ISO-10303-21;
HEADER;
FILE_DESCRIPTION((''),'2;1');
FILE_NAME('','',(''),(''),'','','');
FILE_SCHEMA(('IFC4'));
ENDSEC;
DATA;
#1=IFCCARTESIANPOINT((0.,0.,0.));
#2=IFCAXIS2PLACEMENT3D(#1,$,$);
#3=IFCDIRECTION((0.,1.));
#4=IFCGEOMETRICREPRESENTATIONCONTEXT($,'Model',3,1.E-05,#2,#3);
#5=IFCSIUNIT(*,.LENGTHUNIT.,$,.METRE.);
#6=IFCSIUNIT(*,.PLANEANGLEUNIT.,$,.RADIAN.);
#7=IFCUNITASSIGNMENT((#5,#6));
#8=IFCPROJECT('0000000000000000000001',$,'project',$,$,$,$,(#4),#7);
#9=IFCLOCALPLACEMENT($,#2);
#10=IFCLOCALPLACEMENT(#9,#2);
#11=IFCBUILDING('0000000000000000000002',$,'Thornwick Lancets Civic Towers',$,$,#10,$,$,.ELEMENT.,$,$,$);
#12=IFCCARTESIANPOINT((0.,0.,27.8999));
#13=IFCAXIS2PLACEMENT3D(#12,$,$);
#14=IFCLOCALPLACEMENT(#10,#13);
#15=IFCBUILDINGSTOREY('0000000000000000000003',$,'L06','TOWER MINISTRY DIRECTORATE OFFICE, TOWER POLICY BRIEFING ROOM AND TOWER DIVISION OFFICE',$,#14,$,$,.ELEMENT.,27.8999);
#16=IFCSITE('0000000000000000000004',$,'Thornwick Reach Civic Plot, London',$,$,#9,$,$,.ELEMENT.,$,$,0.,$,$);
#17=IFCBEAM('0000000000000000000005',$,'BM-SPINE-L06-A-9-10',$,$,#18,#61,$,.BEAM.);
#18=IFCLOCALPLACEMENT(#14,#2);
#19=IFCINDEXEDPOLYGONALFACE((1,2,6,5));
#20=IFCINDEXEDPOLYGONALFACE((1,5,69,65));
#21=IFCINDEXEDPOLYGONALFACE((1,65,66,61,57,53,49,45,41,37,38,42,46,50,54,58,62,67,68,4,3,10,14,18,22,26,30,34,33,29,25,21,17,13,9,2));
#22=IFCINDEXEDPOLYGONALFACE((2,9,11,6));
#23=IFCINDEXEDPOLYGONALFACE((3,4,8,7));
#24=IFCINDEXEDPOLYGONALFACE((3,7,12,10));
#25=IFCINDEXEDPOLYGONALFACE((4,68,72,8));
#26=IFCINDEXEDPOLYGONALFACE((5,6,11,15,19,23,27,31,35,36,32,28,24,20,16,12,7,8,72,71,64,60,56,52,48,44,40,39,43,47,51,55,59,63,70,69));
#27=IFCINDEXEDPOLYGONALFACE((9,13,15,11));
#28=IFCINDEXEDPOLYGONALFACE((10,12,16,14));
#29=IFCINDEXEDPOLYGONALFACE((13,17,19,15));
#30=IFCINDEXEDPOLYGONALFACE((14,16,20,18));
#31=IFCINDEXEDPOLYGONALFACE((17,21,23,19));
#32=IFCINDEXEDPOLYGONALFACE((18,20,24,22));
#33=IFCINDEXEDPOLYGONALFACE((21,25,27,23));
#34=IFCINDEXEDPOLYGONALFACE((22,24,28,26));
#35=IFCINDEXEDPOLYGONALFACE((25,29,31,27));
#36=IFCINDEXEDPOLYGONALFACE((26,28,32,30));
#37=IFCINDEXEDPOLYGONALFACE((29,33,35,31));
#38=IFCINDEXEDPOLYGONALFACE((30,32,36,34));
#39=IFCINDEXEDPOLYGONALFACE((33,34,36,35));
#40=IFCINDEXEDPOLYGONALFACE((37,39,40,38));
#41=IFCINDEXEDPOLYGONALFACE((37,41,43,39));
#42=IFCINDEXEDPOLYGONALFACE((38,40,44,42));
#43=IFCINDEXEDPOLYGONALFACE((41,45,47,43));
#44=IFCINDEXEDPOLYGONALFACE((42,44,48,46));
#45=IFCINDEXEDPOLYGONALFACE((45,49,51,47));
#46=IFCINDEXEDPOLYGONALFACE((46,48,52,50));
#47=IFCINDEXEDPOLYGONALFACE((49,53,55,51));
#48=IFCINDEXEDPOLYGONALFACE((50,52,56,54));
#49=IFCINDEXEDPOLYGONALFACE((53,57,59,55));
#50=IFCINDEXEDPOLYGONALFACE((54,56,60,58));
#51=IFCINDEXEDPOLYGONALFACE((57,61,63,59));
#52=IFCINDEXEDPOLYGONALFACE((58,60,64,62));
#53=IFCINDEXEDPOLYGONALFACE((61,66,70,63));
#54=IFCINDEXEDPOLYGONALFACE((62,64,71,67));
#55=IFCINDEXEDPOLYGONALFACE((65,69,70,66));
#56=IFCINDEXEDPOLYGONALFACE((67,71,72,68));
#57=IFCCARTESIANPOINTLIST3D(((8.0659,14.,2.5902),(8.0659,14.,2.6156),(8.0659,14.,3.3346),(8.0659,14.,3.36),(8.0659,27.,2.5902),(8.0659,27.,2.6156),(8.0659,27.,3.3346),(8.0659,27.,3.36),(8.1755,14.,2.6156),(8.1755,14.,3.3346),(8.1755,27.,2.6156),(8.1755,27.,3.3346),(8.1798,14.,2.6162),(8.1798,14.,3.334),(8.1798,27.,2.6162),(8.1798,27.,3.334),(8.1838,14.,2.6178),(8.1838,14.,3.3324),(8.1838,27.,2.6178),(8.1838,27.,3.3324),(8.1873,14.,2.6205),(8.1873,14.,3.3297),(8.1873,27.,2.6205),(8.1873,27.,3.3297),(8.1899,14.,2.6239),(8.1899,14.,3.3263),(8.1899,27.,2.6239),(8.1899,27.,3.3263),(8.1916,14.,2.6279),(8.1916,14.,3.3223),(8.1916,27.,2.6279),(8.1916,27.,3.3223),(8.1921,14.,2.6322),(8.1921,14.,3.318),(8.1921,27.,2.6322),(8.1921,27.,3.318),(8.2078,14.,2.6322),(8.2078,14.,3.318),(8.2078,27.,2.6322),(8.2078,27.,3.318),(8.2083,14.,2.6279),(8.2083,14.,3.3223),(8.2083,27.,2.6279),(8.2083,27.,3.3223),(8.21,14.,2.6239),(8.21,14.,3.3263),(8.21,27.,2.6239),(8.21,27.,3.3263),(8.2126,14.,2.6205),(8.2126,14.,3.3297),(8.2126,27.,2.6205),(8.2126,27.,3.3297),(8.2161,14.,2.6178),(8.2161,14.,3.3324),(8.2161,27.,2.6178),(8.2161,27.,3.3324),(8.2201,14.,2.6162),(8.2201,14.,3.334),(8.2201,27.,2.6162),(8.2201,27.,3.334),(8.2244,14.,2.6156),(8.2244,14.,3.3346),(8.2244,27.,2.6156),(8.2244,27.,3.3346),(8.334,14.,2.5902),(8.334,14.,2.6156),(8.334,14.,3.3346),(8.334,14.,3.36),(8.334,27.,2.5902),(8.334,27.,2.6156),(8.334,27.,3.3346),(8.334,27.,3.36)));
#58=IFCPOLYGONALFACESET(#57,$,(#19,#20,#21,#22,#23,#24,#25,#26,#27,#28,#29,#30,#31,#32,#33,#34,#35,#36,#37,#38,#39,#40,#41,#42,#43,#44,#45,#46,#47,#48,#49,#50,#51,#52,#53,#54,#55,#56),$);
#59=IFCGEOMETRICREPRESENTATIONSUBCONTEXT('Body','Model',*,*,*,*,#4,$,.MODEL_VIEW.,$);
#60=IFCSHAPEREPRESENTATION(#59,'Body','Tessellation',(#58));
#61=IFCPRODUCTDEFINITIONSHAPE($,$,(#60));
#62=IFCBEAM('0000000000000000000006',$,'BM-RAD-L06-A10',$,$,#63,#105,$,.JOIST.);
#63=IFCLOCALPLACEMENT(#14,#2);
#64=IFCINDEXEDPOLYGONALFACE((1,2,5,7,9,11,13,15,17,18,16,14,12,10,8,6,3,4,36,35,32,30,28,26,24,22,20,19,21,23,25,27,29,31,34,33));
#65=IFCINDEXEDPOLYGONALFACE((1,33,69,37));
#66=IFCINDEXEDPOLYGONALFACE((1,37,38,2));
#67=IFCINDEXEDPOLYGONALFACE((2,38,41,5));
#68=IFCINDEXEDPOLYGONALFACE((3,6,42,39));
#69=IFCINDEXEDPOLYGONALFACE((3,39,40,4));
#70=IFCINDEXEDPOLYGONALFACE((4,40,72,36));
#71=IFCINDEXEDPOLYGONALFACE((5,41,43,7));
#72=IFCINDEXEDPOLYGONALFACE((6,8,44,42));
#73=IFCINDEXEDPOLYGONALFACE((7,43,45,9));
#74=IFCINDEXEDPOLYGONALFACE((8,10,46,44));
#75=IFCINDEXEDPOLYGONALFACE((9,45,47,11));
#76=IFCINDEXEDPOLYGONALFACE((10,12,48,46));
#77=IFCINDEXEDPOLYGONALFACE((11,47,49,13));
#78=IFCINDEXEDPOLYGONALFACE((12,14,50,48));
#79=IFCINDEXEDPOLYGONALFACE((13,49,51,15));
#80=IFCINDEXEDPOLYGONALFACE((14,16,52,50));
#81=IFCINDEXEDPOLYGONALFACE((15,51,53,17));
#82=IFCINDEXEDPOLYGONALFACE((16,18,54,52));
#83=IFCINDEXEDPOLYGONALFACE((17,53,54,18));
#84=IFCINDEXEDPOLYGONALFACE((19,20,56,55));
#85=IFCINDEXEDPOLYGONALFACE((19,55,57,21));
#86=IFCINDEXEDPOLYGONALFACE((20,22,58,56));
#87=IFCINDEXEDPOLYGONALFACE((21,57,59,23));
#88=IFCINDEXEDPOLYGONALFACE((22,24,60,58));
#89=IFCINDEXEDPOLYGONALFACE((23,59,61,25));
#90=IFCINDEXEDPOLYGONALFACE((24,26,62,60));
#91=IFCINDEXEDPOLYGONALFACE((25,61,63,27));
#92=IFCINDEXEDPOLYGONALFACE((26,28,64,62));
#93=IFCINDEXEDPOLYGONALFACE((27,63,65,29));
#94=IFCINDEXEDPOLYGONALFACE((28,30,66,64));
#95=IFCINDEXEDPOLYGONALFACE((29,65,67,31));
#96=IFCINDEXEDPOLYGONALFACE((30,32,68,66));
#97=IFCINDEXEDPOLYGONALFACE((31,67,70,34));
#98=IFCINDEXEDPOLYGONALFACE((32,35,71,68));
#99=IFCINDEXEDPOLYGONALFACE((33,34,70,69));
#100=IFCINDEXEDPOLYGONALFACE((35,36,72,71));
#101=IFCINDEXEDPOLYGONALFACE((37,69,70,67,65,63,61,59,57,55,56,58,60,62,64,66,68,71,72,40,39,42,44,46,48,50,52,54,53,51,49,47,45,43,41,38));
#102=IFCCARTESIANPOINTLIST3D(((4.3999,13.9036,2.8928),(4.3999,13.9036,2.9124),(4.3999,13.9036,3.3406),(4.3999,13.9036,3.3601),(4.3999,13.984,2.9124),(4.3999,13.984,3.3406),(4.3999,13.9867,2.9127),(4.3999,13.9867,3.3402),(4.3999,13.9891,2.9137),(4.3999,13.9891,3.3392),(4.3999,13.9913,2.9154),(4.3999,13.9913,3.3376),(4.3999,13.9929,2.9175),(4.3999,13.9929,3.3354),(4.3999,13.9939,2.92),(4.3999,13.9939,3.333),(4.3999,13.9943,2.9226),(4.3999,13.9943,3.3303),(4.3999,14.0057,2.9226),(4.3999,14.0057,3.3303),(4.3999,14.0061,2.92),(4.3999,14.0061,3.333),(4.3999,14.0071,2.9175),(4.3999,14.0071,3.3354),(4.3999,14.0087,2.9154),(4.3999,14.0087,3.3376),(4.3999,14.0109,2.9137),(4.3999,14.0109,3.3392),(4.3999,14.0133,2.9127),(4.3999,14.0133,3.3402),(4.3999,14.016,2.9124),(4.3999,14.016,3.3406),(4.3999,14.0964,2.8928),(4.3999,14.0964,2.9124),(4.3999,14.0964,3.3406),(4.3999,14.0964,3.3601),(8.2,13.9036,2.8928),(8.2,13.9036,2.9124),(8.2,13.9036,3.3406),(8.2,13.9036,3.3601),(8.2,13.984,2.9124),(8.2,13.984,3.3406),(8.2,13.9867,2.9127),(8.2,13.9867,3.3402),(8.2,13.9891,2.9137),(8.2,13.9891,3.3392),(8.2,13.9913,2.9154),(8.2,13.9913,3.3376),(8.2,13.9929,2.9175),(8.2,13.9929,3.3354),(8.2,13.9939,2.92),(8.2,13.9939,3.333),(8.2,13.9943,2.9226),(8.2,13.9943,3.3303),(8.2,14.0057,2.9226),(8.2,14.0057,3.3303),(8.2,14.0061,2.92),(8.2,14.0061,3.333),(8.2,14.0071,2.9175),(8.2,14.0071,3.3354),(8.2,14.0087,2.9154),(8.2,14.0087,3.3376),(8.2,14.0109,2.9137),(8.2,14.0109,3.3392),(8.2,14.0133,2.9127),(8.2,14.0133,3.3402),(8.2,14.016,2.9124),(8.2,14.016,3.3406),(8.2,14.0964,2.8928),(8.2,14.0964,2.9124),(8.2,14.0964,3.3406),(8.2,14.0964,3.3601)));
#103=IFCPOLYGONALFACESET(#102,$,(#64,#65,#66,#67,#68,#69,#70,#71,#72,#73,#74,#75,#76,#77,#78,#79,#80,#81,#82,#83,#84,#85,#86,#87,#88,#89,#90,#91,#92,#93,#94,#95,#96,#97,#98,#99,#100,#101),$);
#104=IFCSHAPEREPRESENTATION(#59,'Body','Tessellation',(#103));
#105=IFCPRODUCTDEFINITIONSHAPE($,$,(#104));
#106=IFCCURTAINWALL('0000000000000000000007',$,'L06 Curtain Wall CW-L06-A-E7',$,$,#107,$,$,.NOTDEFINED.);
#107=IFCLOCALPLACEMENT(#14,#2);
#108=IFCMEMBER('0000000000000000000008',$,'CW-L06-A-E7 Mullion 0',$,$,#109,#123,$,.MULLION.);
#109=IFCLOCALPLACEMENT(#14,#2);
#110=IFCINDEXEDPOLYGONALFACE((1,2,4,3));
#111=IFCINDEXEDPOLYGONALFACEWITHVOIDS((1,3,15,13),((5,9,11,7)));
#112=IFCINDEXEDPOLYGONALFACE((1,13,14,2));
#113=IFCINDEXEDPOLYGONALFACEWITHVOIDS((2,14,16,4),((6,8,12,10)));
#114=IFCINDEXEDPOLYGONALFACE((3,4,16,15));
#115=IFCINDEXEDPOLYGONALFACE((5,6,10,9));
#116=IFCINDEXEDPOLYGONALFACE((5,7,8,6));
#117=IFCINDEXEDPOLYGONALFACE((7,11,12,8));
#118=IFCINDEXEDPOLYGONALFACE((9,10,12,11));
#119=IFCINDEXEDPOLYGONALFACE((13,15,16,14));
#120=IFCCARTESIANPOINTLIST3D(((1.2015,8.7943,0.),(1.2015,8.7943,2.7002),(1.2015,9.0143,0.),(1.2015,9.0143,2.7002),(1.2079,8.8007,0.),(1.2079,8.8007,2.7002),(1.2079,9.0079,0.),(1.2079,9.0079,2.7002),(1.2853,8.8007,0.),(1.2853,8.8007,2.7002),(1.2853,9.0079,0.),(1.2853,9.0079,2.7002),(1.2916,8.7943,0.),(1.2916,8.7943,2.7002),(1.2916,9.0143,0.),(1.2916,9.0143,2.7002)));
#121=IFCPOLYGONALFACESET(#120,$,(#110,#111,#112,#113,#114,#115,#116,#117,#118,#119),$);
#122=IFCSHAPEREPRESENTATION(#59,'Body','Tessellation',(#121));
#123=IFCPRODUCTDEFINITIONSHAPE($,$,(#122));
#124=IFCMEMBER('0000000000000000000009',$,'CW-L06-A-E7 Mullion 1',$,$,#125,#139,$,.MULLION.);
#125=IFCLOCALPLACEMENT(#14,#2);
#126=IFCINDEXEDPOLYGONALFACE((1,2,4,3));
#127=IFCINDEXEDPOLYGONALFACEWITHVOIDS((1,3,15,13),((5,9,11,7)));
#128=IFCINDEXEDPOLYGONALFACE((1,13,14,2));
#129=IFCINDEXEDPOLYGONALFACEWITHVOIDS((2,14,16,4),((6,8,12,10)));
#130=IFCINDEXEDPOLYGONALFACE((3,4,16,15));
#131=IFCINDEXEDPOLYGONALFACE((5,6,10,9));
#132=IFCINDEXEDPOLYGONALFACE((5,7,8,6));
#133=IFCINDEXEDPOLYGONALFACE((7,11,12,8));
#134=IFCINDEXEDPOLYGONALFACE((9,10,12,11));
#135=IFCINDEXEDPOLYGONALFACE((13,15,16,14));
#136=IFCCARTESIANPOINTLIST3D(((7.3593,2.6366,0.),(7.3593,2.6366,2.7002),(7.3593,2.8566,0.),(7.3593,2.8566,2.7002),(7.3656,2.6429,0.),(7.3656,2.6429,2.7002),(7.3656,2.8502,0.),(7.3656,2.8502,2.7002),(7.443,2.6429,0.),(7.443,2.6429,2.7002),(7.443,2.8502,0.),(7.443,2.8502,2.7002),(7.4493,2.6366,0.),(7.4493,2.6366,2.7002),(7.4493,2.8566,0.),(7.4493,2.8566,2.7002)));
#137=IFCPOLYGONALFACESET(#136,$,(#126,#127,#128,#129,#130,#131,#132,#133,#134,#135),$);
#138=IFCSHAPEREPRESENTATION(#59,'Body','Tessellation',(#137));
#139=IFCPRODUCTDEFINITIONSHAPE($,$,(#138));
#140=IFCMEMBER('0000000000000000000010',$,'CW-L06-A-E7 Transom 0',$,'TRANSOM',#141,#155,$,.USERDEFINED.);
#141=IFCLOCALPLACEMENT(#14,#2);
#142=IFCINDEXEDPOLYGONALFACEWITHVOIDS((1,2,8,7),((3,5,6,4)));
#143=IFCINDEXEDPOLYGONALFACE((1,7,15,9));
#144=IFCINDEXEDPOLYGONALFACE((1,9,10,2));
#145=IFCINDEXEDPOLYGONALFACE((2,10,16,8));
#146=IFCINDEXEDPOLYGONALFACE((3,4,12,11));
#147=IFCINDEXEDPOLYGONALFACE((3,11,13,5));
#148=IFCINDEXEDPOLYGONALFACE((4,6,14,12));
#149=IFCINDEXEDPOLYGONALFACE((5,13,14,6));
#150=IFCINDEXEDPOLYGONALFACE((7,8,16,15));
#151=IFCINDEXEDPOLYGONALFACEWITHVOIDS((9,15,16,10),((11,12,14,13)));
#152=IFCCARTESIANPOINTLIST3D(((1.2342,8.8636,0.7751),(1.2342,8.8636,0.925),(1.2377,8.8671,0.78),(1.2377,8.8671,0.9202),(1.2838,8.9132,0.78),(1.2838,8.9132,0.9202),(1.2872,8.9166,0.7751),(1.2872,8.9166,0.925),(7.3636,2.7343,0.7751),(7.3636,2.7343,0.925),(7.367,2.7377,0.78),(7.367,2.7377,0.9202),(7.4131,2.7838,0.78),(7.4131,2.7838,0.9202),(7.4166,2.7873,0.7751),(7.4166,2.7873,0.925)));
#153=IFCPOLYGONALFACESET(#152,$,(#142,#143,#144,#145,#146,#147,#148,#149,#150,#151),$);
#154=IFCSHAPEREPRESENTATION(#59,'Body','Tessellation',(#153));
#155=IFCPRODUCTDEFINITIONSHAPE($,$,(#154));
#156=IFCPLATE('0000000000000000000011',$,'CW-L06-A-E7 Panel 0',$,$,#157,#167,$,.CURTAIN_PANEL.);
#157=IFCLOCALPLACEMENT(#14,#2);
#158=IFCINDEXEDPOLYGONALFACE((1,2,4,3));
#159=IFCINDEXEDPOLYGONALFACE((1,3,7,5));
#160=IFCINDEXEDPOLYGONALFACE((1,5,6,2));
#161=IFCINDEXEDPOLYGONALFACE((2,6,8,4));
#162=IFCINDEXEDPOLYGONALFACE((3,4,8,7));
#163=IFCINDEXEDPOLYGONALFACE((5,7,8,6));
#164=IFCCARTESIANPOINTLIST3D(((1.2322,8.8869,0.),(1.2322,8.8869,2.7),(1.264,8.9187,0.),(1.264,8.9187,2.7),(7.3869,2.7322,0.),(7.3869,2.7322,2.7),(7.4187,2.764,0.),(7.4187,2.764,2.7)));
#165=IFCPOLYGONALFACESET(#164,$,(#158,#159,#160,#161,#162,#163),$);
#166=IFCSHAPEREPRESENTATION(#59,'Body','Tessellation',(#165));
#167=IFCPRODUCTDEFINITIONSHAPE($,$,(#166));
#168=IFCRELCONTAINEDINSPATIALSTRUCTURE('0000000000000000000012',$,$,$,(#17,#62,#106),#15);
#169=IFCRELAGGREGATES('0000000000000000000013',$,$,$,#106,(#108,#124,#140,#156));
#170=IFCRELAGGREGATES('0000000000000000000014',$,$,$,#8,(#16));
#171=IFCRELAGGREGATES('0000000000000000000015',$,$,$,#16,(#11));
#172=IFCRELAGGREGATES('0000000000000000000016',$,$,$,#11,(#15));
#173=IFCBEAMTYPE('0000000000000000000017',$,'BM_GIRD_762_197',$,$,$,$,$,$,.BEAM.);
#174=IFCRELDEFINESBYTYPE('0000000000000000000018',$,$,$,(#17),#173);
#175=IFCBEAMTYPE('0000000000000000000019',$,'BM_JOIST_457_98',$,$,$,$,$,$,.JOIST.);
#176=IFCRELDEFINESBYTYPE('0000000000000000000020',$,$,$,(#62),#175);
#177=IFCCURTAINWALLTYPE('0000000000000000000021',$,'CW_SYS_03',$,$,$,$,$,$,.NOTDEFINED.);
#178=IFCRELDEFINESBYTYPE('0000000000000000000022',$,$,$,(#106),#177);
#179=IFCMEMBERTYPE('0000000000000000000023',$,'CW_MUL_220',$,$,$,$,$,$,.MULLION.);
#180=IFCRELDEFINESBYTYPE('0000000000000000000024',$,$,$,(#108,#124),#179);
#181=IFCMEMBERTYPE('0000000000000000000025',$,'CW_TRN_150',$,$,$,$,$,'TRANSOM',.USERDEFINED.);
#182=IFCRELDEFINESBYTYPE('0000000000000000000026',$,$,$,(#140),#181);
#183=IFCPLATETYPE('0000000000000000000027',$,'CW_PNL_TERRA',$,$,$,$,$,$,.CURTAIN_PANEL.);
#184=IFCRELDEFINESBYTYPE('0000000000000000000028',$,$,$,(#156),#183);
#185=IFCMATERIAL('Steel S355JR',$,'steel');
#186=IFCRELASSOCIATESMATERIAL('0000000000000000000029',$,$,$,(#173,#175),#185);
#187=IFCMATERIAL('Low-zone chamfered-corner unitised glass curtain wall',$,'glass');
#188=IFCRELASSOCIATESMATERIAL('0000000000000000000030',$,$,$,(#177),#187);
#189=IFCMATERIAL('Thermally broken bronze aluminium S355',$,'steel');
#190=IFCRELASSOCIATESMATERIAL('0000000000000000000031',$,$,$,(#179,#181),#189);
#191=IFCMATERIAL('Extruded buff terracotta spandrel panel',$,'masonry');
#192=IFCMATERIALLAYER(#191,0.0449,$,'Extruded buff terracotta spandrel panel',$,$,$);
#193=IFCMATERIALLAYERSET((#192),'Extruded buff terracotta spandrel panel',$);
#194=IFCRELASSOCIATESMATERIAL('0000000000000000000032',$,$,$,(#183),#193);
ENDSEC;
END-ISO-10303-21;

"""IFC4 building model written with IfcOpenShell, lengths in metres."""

from ifc_helpers import new_model, si_unit, direction, frame, origin, origin_2d, place, context, subcontext, project, spatial, rectangle, hollow_rectangle, i_section, extrude, material, layer, layer_set, material_profile, profile_set, type_object, element, aggregate, save


model = new_model("IFC4")

# Units and contexts
model_context = context("Model", 3, precision=1e-05, world=origin(), true_north=direction((0.0, 1.0)))
body_context = subcontext(model_context, "Body", "Model", "MODEL_VIEW")
ifc_project = project(units=[si_unit("LENGTHUNIT", "METRE"), si_unit("PLANEANGLEUNIT", "RADIAN")], contexts=[model_context])

# Site, building, storey
site_placement = place(None, origin())
site = spatial("IfcSite", under=ifc_project, at=site_placement, Name="Thornwick Reach Civic Plot, London", CompositionType="ELEMENT", RefElevation=0.0)
building_placement = place(site_placement, origin())
building = spatial("IfcBuilding", under=site, at=building_placement, Name="Thornwick Lancets Civic Towers", CompositionType="ELEMENT")
storey_placement = place(building_placement, frame((0.0, 0.0, 27.8999)))
storey = spatial("IfcBuildingStorey", under=building, at=storey_placement, Name="L06", Description="TOWER MINISTRY DIRECTORATE OFFICE, TOWER POLICY BRIEFING ROOM AND TOWER DIVISION OFFICE", CompositionType="ELEMENT", Elevation=27.8999)

# Beams
ifc_material_1 = material(Name="Steel S355JR", Category="steel")
ifc_material_profile_1 = material_profile(ifc_material_1, i_section(OverallWidth=0.2681, OverallDepth=0.7698, WebThickness=0.0156, FlangeThickness=0.0254, FilletRadius=0.0166, at=origin_2d()), Name="UKB 762x267x197")
ifc_profile_set_1 = profile_set([ifc_material_profile_1], Name="Steel S355JR")
beam_type_1 = type_object("IfcBeamType", Name="BM_GIRD_762_197", PredefinedType="BEAM", material=ifc_profile_set_1)
beam_1_placement = place(storey_placement, frame((8.2, 14.0, 2.9751), z_axis=(0.0, 1.0, 0.0), x_axis=(-1.0, 0.0, 0.0)))
element("IfcBeam", 1, at=beam_1_placement, inside=storey, type_object=beam_type_1, Name="BM-SPINE-L06-A-9-10", PredefinedType="BEAM", context=body_context, shape_type="SweptSolid", body=[
    extrude(i_section(OverallWidth=0.2681, OverallDepth=0.7698, WebThickness=0.0156, FlangeThickness=0.0254, FilletRadius=0.0166, at=origin_2d()), origin(), (0.0, 0.0, 1.0), 13.0),
])
ifc_material_profile_2 = material_profile(ifc_material_1, i_section(OverallWidth=0.1929, OverallDepth=0.4673, WebThickness=0.0115, FlangeThickness=0.0195, FilletRadius=0.0103, at=origin_2d()), Name="UKB 457x191x98")
ifc_profile_set_2 = profile_set([ifc_material_profile_2], Name="Steel S355JR")
beam_type_2 = type_object("IfcBeamType", Name="BM_JOIST_457_98", PredefinedType="JOIST", material=ifc_profile_set_2)
beam_2_placement = place(storey_placement, frame((8.2, 14.0, 3.1265), z_axis=(-1.0, 0.0, 0.0), x_axis=(0.0, -1.0, 0.0)))
element("IfcBeam", 2, at=beam_2_placement, inside=storey, type_object=beam_type_2, Name="BM-RAD-L06-A10", PredefinedType="JOIST", context=body_context, shape_type="SweptSolid", body=[
    extrude(i_section(OverallWidth=0.1929, OverallDepth=0.4673, WebThickness=0.0115, FlangeThickness=0.0195, FilletRadius=0.0103, at=origin_2d()), origin(), (0.0, 0.0, 1.0), 3.8),
])

# Curtain wall, members, plate
ifc_material_2 = material(Name="Low-zone chamfered-corner unitised glass curtain wall", Category="glass")
curtain_wall_type = type_object("IfcCurtainWallType", Name="CW_SYS_03", PredefinedType="NOTDEFINED", material=ifc_material_2)
curtain_wall_placement = place(storey_placement, origin())
curtain_wall = element("IfcCurtainWall", 3, at=curtain_wall_placement, inside=storey, type_object=curtain_wall_type, Name="L06 Curtain Wall CW-L06-A-E7", PredefinedType="NOTDEFINED")
ifc_material_3 = material(Name="Thermally broken bronze aluminium S355", Category="steel")
ifc_material_profile_3 = material_profile(ifc_material_3, hollow_rectangle(XDim=0.0901, YDim=0.22, WallThickness=0.0063, at=origin_2d()), Name="RHS 220x90x6.3")
ifc_profile_set_3 = profile_set([ifc_material_profile_3], Name="Thermally broken bronze aluminium S355")
member_type_1 = type_object("IfcMemberType", Name="CW_MUL_220", PredefinedType="MULLION", material=ifc_profile_set_3)
member_1_placement = place(storey_placement, frame((1.2466, 8.9043, 0.0), z_axis=(0.0, 0.0, 1.0), x_axis=(1.0, 0.0, 0.0)))
member_1 = element("IfcMember", 4, at=member_1_placement, type_object=member_type_1, Name="CW-L06-A-E7 Mullion 0", PredefinedType="MULLION", context=body_context, shape_type="SweptSolid", body=[
    extrude(hollow_rectangle(XDim=0.0901, YDim=0.22, WallThickness=0.0063, at=origin_2d()), origin(), (0.0, 0.0, 1.0), 2.7002),
])
member_2_placement = place(storey_placement, frame((7.4043, 2.7466, 0.0), z_axis=(0.0, 0.0, 1.0), x_axis=(1.0, 0.0, 0.0)))
member_2 = element("IfcMember", 5, at=member_2_placement, type_object=member_type_1, Name="CW-L06-A-E7 Mullion 1", PredefinedType="MULLION", context=body_context, shape_type="SweptSolid", body=[
    extrude(hollow_rectangle(XDim=0.0901, YDim=0.22, WallThickness=0.0063, at=origin_2d()), origin(), (0.0, 0.0, 1.0), 2.7002),
])
ifc_material_profile_4 = material_profile(ifc_material_3, hollow_rectangle(XDim=0.075, YDim=0.1499, WallThickness=0.0049, at=origin_2d()), Name="RHS 150x75x5")
ifc_profile_set_4 = profile_set([ifc_material_profile_4], Name="Thermally broken bronze aluminium S355")
member_type_2 = type_object("IfcMemberType", Name="CW_TRN_150", ElementType="TRANSOM", PredefinedType="USERDEFINED", material=ifc_profile_set_4)
member_3_placement = place(storey_placement, frame((1.2607, 8.8901, 0.8501), z_axis=(0.707107, -0.707107, 0.0), x_axis=(0.707107, 0.707107, 0.0)))
member_3 = element("IfcMember", 6, at=member_3_placement, type_object=member_type_2, Name="CW-L06-A-E7 Transom 0", ObjectType="TRANSOM", PredefinedType="USERDEFINED", context=body_context, shape_type="SweptSolid", body=[
    extrude(hollow_rectangle(XDim=0.075, YDim=0.1499, WallThickness=0.0049, at=origin_2d()), origin(), (0.0, 0.0, 1.0), 8.6682),
])
ifc_material_4 = material(Name="Extruded buff terracotta spandrel panel", Category="masonry")
ifc_layer_1 = layer(ifc_material_4, 0.0449, Name="Extruded buff terracotta spandrel panel")
ifc_layer_set_1 = layer_set([ifc_layer_1], Name="Extruded buff terracotta spandrel panel")
plate_type = type_object("IfcPlateType", Name="CW_PNL_TERRA", PredefinedType="CURTAIN_PANEL", material=ifc_layer_set_1)
plate_placement = place(storey_placement, frame((4.3254, 5.8254, 0.0), z_axis=(0.0, 0.0, 1.0), x_axis=(0.707107, -0.707107, 0.0)))
plate = element("IfcPlate", 7, at=plate_placement, type_object=plate_type, Name="CW-L06-A-E7 Panel 0", PredefinedType="CURTAIN_PANEL", context=body_context, shape_type="SweptSolid", body=[
    extrude(rectangle(XDim=8.7041, YDim=0.0449, at=origin_2d()), origin(), (0.0, 0.0, 1.0), 2.7),
])
aggregate(curtain_wall, [member_1, member_2, member_3, plate])

save(model, "model.ifc")
